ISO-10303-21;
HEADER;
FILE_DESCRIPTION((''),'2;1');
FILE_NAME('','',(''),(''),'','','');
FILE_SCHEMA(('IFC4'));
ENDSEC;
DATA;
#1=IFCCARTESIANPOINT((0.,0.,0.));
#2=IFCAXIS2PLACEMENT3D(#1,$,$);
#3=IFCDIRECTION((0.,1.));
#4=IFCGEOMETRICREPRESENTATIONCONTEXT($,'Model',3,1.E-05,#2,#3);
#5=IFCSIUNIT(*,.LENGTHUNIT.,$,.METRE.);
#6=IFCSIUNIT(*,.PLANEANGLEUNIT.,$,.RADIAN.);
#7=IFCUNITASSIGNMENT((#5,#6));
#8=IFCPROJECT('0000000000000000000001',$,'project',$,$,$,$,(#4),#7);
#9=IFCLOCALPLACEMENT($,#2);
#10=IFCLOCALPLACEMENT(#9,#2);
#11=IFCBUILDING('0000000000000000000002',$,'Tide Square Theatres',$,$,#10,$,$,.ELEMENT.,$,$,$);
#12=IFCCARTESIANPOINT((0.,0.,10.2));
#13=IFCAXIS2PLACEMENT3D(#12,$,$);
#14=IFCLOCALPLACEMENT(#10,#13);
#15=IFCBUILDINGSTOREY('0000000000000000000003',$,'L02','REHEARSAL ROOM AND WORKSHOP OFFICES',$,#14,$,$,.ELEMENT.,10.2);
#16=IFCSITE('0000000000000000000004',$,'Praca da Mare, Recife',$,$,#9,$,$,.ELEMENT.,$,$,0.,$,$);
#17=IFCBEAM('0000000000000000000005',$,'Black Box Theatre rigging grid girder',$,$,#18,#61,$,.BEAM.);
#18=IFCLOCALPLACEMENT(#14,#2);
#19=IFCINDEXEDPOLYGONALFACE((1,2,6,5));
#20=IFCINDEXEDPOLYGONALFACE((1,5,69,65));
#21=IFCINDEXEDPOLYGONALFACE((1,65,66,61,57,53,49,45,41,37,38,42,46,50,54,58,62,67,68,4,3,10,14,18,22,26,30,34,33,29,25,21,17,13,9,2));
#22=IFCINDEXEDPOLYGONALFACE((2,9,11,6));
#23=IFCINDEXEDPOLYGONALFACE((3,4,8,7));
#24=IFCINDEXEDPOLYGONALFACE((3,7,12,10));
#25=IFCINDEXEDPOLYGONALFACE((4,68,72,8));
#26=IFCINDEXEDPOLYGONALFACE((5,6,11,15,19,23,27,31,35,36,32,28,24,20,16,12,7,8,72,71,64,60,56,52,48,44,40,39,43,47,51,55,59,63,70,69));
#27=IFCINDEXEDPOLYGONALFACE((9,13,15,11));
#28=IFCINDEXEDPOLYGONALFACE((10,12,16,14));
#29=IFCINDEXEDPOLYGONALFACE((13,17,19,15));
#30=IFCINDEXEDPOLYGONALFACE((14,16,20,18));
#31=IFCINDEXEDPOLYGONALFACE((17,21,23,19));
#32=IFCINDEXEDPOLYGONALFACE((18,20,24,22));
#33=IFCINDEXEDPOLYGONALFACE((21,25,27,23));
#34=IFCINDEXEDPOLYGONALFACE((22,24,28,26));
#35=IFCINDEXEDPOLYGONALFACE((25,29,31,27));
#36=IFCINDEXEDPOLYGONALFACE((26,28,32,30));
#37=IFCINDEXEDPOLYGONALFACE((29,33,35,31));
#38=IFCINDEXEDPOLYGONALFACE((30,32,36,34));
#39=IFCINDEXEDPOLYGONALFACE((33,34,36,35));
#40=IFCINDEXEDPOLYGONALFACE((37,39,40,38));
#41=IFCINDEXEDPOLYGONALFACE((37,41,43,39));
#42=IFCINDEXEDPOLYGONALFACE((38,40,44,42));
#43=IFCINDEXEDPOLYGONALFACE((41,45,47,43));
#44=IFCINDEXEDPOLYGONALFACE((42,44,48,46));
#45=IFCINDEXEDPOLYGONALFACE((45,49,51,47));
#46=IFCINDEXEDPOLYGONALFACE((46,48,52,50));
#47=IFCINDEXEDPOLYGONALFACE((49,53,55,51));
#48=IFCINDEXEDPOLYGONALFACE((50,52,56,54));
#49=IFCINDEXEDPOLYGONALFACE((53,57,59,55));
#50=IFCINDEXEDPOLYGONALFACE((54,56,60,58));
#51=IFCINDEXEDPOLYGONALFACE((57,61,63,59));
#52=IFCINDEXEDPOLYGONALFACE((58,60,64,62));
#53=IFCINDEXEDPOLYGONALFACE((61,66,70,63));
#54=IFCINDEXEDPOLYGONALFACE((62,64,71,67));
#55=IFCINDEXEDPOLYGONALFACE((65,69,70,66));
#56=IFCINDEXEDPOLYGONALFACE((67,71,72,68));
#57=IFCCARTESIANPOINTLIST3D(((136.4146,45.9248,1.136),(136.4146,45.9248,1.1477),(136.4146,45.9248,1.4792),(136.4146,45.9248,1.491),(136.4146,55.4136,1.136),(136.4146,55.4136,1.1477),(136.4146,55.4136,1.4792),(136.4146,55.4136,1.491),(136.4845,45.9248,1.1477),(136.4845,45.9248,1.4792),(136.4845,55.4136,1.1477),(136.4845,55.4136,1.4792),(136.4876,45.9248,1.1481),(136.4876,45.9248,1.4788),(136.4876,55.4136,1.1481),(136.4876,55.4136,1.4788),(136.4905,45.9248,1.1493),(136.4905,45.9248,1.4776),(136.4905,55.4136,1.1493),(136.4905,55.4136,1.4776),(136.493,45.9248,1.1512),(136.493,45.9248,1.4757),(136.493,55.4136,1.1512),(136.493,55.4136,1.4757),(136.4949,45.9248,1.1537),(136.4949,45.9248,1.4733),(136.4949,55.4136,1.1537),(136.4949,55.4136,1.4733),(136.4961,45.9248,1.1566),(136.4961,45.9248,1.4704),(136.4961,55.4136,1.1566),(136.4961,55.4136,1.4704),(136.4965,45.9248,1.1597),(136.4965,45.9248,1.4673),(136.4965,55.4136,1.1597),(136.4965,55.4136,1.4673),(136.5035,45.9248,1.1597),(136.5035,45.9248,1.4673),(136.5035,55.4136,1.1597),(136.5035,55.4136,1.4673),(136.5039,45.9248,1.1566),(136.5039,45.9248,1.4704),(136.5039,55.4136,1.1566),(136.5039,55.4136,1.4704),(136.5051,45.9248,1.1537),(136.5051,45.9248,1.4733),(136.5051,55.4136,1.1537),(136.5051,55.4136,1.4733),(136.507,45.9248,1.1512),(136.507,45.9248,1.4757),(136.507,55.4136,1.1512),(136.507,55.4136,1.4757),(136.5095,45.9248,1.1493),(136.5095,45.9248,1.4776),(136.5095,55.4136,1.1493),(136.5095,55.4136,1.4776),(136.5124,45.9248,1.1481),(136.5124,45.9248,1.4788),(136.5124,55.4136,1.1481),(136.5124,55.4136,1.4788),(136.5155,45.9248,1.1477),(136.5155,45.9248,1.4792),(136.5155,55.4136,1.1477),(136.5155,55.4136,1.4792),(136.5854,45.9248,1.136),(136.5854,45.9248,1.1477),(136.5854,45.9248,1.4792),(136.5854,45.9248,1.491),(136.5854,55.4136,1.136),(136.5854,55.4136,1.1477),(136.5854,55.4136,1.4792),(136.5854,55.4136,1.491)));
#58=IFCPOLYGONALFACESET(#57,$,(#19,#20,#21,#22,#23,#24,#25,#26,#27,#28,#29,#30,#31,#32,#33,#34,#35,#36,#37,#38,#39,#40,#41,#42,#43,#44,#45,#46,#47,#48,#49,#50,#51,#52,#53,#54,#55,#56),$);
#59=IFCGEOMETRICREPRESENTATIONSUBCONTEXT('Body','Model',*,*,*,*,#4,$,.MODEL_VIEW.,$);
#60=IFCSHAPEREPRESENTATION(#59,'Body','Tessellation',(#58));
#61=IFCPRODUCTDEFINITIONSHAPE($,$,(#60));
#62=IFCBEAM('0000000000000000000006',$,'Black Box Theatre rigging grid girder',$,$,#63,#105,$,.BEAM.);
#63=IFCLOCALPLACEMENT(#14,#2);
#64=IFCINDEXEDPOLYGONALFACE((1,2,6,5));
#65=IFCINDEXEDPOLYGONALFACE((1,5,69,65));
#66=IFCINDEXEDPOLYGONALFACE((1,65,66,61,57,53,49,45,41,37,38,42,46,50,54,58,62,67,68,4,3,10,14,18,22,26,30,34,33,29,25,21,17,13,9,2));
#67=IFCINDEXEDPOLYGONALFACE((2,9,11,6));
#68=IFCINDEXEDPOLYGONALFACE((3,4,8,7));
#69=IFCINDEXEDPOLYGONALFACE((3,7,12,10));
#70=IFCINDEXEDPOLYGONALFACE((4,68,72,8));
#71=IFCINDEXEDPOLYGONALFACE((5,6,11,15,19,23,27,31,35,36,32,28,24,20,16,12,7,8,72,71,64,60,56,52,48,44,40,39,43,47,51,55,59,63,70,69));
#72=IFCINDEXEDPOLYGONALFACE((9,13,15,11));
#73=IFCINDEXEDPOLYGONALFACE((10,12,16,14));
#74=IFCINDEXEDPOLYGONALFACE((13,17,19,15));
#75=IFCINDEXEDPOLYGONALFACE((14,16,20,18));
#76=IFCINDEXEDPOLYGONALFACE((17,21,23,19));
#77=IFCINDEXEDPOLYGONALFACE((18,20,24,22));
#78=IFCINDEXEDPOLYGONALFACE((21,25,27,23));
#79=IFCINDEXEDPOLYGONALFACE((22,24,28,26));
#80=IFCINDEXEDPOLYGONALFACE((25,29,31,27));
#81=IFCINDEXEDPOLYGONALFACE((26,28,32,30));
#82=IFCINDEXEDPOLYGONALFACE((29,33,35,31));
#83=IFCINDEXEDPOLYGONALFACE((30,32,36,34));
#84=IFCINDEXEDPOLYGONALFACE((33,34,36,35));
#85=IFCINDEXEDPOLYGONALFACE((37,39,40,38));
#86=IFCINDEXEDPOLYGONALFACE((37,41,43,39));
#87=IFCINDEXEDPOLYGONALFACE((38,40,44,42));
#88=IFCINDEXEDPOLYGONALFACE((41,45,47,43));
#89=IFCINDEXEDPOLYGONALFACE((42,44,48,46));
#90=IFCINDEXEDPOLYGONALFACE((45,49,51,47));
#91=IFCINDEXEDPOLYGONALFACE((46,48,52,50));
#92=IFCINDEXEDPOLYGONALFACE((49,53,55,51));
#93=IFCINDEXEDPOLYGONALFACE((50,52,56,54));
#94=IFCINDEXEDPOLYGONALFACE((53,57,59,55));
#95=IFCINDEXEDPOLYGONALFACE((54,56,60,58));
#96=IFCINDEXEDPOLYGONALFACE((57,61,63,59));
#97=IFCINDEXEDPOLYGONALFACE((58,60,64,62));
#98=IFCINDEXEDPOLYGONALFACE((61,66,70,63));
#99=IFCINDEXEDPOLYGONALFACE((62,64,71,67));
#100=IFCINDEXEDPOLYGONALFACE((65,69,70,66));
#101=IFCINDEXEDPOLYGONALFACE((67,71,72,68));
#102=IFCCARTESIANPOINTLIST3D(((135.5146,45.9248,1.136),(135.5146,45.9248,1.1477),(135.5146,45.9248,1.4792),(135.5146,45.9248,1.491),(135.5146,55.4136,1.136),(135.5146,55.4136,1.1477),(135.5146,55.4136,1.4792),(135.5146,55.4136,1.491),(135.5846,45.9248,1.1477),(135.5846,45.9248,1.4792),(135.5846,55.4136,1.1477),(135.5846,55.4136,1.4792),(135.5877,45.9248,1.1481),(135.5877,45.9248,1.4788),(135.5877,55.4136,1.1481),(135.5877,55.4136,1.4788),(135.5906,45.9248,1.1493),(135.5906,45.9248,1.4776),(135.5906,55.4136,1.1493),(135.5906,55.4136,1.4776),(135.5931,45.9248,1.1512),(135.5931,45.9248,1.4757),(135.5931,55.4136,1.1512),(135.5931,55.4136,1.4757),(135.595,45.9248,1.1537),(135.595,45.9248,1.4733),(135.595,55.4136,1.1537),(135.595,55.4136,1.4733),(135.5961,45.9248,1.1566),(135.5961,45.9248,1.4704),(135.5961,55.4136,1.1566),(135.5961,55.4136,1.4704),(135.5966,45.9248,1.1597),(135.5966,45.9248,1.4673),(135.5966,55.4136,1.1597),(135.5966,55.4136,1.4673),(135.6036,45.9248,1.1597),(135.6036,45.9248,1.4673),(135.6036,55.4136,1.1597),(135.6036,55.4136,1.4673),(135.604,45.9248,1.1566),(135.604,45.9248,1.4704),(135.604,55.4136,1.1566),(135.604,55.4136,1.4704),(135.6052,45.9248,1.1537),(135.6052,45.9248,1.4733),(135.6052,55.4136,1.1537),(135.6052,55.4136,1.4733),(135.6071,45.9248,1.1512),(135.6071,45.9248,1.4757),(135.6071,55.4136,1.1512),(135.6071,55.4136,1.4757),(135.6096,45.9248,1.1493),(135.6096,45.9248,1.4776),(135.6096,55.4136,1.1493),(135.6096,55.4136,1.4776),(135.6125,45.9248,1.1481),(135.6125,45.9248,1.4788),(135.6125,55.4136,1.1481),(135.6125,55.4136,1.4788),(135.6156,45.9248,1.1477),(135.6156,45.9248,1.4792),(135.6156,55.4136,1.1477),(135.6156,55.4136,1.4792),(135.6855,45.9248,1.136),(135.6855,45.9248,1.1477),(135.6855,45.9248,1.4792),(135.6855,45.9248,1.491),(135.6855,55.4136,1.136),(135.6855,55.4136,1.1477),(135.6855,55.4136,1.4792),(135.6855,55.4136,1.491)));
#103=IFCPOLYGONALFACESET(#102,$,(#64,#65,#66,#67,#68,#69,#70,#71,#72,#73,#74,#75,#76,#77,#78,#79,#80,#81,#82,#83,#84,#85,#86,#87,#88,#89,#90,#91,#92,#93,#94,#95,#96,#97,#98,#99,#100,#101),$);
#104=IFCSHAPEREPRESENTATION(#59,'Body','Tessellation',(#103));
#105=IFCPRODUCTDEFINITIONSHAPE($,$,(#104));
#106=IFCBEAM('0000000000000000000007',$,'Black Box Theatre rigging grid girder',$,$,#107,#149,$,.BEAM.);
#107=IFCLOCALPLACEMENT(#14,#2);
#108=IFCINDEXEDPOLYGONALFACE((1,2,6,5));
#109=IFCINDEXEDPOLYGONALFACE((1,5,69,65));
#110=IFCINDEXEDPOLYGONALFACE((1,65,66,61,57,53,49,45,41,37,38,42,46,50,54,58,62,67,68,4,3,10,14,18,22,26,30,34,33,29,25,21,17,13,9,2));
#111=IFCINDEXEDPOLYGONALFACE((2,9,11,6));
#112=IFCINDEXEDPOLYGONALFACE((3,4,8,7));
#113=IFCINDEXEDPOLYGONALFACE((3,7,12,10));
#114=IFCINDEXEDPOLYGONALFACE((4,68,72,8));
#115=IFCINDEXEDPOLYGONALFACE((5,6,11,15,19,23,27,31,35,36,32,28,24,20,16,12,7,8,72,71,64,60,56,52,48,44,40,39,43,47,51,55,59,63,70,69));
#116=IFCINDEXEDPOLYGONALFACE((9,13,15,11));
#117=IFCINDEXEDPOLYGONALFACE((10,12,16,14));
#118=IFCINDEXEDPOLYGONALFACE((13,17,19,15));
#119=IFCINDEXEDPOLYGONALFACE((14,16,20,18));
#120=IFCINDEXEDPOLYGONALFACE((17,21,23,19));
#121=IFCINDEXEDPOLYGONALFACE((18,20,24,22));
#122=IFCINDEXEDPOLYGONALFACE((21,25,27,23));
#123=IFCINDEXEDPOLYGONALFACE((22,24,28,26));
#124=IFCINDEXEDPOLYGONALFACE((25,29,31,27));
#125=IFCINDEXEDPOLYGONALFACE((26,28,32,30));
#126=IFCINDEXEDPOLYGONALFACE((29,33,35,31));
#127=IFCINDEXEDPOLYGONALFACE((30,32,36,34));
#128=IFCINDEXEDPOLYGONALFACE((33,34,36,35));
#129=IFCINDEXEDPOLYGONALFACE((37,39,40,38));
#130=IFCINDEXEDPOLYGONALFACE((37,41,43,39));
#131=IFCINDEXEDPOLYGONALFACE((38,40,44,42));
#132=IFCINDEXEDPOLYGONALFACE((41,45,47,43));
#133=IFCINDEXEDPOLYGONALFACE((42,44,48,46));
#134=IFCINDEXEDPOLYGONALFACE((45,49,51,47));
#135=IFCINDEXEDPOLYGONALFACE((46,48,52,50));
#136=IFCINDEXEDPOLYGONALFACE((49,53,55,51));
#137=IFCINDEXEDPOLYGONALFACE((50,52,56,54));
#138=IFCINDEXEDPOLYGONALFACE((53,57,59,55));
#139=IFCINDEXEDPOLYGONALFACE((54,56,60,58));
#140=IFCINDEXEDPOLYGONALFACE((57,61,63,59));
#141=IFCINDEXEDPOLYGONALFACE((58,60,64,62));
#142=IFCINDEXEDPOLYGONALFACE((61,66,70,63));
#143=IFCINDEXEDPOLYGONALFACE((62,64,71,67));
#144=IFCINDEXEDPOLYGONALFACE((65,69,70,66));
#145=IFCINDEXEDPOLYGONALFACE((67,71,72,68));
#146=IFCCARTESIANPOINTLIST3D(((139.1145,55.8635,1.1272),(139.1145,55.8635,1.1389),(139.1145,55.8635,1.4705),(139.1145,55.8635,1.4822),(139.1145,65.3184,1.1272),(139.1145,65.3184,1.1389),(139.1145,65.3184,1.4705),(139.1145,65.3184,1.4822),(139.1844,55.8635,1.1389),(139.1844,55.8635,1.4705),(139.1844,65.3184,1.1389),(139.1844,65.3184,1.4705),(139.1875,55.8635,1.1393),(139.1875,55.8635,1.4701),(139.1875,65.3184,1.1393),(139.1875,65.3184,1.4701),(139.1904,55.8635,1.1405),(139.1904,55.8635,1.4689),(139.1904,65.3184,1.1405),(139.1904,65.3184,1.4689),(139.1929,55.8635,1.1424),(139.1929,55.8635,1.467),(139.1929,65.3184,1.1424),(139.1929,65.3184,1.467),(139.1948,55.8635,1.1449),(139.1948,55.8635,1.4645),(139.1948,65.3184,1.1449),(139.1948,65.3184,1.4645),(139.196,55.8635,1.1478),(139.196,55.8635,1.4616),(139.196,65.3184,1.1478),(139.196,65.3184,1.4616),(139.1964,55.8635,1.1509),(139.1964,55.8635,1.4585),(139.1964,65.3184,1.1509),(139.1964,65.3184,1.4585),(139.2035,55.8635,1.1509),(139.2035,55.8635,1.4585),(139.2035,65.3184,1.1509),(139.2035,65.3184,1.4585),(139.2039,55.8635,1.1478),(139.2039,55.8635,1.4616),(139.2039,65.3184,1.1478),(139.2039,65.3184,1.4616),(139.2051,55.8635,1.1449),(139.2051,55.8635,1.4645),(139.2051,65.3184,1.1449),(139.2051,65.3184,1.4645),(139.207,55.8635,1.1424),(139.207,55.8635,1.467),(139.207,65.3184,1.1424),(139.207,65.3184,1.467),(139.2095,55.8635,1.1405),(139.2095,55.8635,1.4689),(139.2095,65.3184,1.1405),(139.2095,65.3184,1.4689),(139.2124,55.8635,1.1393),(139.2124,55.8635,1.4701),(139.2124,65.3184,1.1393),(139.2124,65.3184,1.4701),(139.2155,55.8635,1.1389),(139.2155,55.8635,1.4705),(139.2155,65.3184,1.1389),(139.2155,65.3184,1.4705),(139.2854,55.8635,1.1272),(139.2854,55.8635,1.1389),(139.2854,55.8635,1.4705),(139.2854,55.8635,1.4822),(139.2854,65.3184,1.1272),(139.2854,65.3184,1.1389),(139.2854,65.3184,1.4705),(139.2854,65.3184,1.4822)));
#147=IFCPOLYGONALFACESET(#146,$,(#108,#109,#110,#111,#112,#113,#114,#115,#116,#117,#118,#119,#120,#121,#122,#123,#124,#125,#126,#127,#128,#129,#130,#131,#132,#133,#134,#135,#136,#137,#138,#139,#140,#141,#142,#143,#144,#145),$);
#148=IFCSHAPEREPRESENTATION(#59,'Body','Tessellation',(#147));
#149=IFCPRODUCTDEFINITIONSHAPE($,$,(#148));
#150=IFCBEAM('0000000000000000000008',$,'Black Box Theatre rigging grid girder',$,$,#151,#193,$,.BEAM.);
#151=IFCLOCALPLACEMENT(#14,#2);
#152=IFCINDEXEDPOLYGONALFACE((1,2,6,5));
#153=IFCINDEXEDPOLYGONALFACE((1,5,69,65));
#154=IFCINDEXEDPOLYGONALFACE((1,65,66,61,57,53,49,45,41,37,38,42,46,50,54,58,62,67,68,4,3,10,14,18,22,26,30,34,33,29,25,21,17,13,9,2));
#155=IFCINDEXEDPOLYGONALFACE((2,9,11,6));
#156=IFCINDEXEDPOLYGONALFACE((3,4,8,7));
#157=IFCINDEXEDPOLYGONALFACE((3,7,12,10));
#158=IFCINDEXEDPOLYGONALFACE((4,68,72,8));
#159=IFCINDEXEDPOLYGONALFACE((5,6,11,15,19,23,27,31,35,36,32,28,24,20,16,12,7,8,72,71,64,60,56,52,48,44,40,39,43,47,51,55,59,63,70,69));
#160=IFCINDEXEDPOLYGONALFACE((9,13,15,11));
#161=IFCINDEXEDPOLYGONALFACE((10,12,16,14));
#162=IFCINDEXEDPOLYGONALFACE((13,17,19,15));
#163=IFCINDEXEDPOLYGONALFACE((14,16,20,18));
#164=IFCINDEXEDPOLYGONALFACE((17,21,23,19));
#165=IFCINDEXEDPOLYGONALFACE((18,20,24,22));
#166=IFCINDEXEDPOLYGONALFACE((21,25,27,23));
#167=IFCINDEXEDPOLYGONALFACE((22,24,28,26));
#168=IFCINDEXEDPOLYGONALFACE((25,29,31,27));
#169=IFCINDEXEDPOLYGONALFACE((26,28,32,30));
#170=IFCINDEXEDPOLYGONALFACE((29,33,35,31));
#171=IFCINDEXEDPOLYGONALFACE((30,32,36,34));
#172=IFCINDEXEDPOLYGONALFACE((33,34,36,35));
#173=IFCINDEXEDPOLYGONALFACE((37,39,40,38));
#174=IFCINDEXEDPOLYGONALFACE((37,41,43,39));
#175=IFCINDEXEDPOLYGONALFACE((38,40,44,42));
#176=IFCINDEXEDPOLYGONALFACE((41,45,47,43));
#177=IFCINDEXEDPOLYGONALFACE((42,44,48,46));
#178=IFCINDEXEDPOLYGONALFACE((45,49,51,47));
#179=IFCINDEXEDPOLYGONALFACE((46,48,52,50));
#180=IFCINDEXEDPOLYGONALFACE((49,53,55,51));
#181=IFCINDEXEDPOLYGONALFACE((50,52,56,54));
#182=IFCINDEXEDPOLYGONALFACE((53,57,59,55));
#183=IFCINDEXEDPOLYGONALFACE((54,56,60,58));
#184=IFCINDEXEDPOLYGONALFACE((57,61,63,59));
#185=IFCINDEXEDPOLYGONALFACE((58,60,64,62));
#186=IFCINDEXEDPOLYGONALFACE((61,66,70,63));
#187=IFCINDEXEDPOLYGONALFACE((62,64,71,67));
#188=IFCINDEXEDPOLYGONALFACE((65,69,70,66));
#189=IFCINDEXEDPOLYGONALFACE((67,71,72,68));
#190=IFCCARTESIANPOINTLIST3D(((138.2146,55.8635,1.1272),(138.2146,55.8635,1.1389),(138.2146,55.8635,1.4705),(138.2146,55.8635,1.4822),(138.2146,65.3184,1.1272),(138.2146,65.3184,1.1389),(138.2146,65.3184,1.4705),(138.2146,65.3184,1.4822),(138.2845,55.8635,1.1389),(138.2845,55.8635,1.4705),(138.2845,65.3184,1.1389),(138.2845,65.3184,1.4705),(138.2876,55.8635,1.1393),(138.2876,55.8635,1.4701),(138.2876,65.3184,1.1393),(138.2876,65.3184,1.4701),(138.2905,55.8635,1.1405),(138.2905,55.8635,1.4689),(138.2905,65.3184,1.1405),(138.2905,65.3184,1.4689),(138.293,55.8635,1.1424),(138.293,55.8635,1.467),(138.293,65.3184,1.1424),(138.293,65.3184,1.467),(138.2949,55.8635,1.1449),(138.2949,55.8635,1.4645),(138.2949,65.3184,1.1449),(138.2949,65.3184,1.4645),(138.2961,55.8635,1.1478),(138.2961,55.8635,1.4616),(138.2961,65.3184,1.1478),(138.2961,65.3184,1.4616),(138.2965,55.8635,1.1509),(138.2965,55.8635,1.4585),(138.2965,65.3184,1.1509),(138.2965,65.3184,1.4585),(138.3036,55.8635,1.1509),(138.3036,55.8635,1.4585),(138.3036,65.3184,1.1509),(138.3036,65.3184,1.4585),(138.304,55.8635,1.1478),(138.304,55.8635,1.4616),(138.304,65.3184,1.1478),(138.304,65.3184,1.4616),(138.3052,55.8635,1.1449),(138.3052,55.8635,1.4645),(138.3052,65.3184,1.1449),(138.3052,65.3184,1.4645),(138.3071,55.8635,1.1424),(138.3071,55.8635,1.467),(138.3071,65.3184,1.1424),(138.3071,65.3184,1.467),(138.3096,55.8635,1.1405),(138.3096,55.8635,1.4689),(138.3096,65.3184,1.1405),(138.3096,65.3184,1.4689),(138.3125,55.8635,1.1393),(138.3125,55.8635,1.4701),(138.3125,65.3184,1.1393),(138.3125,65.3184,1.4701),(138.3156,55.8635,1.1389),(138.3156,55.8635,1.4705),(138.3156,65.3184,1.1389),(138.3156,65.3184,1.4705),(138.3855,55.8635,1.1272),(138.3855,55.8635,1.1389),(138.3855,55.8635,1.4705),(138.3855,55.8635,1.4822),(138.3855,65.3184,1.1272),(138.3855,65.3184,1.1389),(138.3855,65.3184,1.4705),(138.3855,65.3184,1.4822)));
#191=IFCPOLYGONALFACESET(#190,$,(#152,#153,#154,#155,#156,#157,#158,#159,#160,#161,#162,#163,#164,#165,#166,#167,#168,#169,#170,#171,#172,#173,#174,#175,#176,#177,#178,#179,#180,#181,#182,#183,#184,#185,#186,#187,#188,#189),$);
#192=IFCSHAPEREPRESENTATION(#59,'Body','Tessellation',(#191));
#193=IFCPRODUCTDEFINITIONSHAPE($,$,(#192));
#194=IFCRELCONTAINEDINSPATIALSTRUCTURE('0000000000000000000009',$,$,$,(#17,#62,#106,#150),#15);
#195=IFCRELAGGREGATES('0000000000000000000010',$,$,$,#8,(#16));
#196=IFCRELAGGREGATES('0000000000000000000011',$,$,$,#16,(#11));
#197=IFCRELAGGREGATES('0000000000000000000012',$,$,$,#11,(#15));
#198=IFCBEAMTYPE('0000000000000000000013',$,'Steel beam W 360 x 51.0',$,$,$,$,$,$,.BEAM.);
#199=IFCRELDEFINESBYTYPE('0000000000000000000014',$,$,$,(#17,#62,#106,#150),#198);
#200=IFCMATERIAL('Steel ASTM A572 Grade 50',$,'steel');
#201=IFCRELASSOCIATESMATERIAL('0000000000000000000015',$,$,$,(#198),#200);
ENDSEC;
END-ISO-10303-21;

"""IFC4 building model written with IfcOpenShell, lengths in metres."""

from ifc_helpers import new_model, si_unit, direction, frame, origin, origin_2d, place, context, subcontext, project, spatial, i_section, extrude, material, material_profile, profile_set, type_object, element, save


model = new_model("IFC4")

# Units and contexts
model_context = context("Model", 3, precision=1e-05, world=origin(), true_north=direction((0.0, 1.0)))
body_context = subcontext(model_context, "Body", "Model", "MODEL_VIEW")
ifc_project = project(units=[si_unit("LENGTHUNIT", "METRE"), si_unit("PLANEANGLEUNIT", "RADIAN")], contexts=[model_context])

# Site, building, storey
site_placement = place(None, origin())
site = spatial("IfcSite", under=ifc_project, at=site_placement, Name="Praca da Mare, Recife", CompositionType="ELEMENT", RefElevation=0.0)
building_placement = place(site_placement, origin())
building = spatial("IfcBuilding", under=site, at=building_placement, Name="Tide Square Theatres", CompositionType="ELEMENT")
storey_placement = place(building_placement, frame((0.0, 0.0, 10.2)))
storey = spatial("IfcBuildingStorey", under=building, at=storey_placement, Name="L02", Description="REHEARSAL ROOM AND WORKSHOP OFFICES", CompositionType="ELEMENT", Elevation=10.2)

# Beams
ifc_material_1 = material(Name="Steel ASTM A572 Grade 50", Category="steel")
ifc_material_profile_1 = material_profile(ifc_material_1, i_section(OverallWidth=0.1709, OverallDepth=0.355, WebThickness=0.0071, FlangeThickness=0.0117, FilletRadius=0.012, at=origin_2d()))
ifc_profile_set_1 = profile_set([ifc_material_profile_1], Name="Steel ASTM A572 Grade 50")
beam_type_1 = type_object("IfcBeamType", Name="Steel beam W 360 x 51.0", PredefinedType="BEAM", material=ifc_profile_set_1)
for number, where, z_axis, x_axis, name in (
    (1, (136.5, 45.9248, 1.3135), (0.0, 1.0, 0.0), (-1.0, 0.0, 0.0), "Black Box Theatre rigging grid girder"),
    (2, (135.6001, 45.9248, 1.3135), (0.0, 1.0, 0.0), (-1.0, 0.0, 0.0), "Black Box Theatre rigging grid girder"),
):
    element("IfcBeam", number, at=place(storey_placement, frame(where, z_axis=z_axis, x_axis=x_axis)), inside=storey, type_object=beam_type_1, Name=name, PredefinedType="BEAM", context=body_context, shape_type="SweptSolid", body=[
        extrude(i_section(OverallWidth=0.1709, OverallDepth=0.355, WebThickness=0.0071, FlangeThickness=0.0117, FilletRadius=0.012, at=origin_2d()), origin(), (0.0, 0.0, 1.0), 9.4888),
    ])
for number, where, z_axis, x_axis, name in (
    (3, (139.2, 55.8635, 1.3047), (0.0, 1.0, 0.0), (-1.0, 0.0, 0.0), "Black Box Theatre rigging grid girder"),
    (4, (138.3, 55.8635, 1.3047), (0.0, 1.0, 0.0), (-1.0, 0.0, 0.0), "Black Box Theatre rigging grid girder"),
):
    element("IfcBeam", number, at=place(storey_placement, frame(where, z_axis=z_axis, x_axis=x_axis)), inside=storey, type_object=beam_type_1, Name=name, PredefinedType="BEAM", context=body_context, shape_type="SweptSolid", body=[
        extrude(i_section(OverallWidth=0.1709, OverallDepth=0.355, WebThickness=0.0071, FlangeThickness=0.0117, FilletRadius=0.012, at=origin_2d()), origin(), (0.0, 0.0, 1.0), 9.4548),
    ])

save(model, "model.ifc")
